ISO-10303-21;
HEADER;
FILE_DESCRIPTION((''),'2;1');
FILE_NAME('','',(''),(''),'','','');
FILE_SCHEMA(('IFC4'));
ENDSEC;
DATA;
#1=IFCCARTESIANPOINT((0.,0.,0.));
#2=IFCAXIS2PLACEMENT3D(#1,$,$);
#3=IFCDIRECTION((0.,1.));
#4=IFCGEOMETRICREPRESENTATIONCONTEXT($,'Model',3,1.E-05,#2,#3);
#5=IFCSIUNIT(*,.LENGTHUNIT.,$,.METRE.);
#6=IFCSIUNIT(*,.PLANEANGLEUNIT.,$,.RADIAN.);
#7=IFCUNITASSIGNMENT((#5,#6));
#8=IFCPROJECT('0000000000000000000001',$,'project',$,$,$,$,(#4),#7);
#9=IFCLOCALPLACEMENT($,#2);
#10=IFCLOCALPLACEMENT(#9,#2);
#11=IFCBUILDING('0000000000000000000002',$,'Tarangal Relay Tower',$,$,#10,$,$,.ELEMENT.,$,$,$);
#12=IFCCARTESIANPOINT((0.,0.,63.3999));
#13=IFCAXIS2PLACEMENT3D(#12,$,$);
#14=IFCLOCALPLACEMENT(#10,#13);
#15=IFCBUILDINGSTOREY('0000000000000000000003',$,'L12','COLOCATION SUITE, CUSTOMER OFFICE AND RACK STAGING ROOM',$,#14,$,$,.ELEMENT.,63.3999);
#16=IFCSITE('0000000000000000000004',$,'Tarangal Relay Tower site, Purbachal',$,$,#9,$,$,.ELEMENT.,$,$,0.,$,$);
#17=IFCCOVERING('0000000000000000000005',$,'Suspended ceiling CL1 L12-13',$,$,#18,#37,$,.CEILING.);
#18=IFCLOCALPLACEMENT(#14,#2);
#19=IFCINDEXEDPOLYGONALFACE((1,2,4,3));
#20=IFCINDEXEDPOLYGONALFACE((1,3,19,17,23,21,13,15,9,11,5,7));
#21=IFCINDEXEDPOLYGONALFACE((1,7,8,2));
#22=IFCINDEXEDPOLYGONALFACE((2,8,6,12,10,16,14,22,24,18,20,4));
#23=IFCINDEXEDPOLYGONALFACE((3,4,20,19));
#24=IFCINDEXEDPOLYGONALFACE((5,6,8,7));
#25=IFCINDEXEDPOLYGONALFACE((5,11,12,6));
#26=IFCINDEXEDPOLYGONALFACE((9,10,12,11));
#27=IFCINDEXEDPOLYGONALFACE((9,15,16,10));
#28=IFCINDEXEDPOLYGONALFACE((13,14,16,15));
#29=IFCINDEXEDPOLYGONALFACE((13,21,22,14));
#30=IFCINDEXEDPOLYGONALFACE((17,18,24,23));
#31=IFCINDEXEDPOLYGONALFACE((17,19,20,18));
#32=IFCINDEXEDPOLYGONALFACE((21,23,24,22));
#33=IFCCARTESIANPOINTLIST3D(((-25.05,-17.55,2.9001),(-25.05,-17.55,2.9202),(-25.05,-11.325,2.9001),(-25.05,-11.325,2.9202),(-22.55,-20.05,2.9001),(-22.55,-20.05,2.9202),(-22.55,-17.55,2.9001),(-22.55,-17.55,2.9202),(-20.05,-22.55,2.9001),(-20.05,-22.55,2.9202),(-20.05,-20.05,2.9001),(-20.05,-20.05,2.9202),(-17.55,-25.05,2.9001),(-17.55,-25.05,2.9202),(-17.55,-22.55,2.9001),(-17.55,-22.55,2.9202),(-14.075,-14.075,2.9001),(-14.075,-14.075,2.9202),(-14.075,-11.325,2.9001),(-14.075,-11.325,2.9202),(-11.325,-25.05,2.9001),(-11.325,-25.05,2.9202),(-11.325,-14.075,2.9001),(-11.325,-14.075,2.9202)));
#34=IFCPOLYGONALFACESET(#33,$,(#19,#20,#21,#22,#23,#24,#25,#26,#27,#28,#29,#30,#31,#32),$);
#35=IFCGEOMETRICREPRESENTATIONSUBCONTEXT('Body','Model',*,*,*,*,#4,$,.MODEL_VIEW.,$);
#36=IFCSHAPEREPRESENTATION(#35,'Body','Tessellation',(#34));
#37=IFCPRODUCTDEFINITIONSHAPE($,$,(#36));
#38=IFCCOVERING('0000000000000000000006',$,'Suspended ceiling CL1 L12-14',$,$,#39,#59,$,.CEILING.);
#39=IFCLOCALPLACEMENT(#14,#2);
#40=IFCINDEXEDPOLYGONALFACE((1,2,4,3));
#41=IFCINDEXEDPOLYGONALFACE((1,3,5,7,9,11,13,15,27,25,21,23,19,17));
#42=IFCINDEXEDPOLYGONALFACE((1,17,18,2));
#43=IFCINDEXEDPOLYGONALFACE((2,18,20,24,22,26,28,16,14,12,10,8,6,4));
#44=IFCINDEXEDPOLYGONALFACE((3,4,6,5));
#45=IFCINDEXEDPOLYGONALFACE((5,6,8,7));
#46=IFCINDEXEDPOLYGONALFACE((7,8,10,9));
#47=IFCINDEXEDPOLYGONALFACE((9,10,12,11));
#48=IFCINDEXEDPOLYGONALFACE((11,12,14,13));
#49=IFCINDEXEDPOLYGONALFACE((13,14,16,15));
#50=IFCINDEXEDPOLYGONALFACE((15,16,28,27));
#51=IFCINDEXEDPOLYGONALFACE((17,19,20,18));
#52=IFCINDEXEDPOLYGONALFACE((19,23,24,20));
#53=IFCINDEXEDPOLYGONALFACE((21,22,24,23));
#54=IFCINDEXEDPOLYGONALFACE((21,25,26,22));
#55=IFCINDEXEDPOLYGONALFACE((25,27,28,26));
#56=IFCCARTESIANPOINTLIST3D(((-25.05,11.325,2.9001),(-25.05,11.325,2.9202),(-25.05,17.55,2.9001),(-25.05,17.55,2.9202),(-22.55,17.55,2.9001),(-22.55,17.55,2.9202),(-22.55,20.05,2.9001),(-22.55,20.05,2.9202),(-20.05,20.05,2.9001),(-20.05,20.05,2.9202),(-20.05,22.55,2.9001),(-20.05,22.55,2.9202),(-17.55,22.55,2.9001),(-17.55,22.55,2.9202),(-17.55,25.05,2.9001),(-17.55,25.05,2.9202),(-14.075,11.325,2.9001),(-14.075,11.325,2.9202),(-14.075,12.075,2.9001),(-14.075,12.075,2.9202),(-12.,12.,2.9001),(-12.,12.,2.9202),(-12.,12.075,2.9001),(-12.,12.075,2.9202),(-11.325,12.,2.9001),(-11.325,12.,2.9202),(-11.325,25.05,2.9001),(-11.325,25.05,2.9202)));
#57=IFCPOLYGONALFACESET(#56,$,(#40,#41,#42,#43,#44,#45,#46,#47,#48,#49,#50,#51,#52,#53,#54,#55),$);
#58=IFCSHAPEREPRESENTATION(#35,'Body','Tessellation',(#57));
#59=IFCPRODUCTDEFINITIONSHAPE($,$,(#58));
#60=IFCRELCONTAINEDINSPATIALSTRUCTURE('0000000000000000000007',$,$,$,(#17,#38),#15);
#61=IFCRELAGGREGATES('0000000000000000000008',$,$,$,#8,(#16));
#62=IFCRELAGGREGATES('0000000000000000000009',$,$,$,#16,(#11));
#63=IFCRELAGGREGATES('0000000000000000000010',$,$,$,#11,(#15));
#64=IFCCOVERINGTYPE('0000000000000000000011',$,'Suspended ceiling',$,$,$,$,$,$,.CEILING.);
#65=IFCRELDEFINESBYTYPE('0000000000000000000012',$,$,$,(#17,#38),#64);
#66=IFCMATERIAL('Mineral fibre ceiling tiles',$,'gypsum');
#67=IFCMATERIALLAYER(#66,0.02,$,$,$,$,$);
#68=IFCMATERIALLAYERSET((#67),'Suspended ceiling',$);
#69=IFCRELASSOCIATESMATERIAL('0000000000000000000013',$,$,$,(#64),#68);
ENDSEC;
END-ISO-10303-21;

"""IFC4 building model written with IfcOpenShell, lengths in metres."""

from ifc_helpers import new_model, si_unit, direction, frame, origin, place, context, subcontext, project, spatial, polyline, outline, extrude, material, layer, layer_set, type_object, element, save


model = new_model("IFC4")

# Units and contexts
model_context = context("Model", 3, precision=1e-05, world=origin(), true_north=direction((0.0, 1.0)))
body_context = subcontext(model_context, "Body", "Model", "MODEL_VIEW")
ifc_project = project(units=[si_unit("LENGTHUNIT", "METRE"), si_unit("PLANEANGLEUNIT", "RADIAN")], contexts=[model_context])

# Site, building, storey
site_placement = place(None, origin())
site = spatial("IfcSite", under=ifc_project, at=site_placement, Name="Tarangal Relay Tower site, Purbachal", CompositionType="ELEMENT", RefElevation=0.0)
building_placement = place(site_placement, origin())
building = spatial("IfcBuilding", under=site, at=building_placement, Name="Tarangal Relay Tower", CompositionType="ELEMENT")
storey_placement = place(building_placement, frame((0.0, 0.0, 63.3999)))
storey = spatial("IfcBuildingStorey", under=building, at=storey_placement, Name="L12", Description="COLOCATION SUITE, CUSTOMER OFFICE AND RACK STAGING ROOM", CompositionType="ELEMENT", Elevation=63.3999)

# Coverings
ifc_material_1 = material(Name="Mineral fibre ceiling tiles", Category="gypsum")
ifc_layer_1 = layer(ifc_material_1, 0.02)
ifc_layer_set_1 = layer_set([ifc_layer_1], Name="Suspended ceiling")
covering_type_1 = type_object("IfcCoveringType", Name="Suspended ceiling", PredefinedType="CEILING", material=ifc_layer_set_1)
covering_1_placement = place(storey_placement, frame((0.0, 0.0, 2.9001)))
element("IfcCovering", 1, at=covering_1_placement, inside=storey, type_object=covering_type_1, Name="Suspended ceiling CL1 L12-13", PredefinedType="CEILING", context=body_context, shape_type="SweptSolid", body=[
    extrude(outline(polyline([(-17.55, -22.55), (-17.55, -25.05), (-11.325, -25.05), (-11.325, -14.075), (-14.075, -14.075), (-14.075, -11.325), (-25.05, -11.325), (-25.05, -17.55), (-22.55, -17.55), (-22.55, -20.05), (-20.05, -20.05), (-20.05, -22.55), (-17.55, -22.55)])), origin(), (0.0, 0.0, 1.0), 0.02),
])
covering_2_placement = place(storey_placement, frame((0.0, 0.0, 2.9001)))
element("IfcCovering", 2, at=covering_2_placement, inside=storey, type_object=covering_type_1, Name="Suspended ceiling CL1 L12-14", PredefinedType="CEILING", context=body_context, shape_type="SweptSolid", body=[
    extrude(outline(polyline([(-22.55, 17.55), (-25.05, 17.55), (-25.05, 11.325), (-14.075, 11.325), (-14.075, 12.075), (-12.0, 12.075), (-12.0, 12.0), (-11.325, 12.0), (-11.325, 25.05), (-17.55, 25.05), (-17.55, 22.55), (-20.05, 22.55), (-20.05, 20.05), (-22.55, 20.05), (-22.55, 17.55)])), origin(), (0.0, 0.0, 1.0), 0.02),
])

save(model, "model.ifc")
